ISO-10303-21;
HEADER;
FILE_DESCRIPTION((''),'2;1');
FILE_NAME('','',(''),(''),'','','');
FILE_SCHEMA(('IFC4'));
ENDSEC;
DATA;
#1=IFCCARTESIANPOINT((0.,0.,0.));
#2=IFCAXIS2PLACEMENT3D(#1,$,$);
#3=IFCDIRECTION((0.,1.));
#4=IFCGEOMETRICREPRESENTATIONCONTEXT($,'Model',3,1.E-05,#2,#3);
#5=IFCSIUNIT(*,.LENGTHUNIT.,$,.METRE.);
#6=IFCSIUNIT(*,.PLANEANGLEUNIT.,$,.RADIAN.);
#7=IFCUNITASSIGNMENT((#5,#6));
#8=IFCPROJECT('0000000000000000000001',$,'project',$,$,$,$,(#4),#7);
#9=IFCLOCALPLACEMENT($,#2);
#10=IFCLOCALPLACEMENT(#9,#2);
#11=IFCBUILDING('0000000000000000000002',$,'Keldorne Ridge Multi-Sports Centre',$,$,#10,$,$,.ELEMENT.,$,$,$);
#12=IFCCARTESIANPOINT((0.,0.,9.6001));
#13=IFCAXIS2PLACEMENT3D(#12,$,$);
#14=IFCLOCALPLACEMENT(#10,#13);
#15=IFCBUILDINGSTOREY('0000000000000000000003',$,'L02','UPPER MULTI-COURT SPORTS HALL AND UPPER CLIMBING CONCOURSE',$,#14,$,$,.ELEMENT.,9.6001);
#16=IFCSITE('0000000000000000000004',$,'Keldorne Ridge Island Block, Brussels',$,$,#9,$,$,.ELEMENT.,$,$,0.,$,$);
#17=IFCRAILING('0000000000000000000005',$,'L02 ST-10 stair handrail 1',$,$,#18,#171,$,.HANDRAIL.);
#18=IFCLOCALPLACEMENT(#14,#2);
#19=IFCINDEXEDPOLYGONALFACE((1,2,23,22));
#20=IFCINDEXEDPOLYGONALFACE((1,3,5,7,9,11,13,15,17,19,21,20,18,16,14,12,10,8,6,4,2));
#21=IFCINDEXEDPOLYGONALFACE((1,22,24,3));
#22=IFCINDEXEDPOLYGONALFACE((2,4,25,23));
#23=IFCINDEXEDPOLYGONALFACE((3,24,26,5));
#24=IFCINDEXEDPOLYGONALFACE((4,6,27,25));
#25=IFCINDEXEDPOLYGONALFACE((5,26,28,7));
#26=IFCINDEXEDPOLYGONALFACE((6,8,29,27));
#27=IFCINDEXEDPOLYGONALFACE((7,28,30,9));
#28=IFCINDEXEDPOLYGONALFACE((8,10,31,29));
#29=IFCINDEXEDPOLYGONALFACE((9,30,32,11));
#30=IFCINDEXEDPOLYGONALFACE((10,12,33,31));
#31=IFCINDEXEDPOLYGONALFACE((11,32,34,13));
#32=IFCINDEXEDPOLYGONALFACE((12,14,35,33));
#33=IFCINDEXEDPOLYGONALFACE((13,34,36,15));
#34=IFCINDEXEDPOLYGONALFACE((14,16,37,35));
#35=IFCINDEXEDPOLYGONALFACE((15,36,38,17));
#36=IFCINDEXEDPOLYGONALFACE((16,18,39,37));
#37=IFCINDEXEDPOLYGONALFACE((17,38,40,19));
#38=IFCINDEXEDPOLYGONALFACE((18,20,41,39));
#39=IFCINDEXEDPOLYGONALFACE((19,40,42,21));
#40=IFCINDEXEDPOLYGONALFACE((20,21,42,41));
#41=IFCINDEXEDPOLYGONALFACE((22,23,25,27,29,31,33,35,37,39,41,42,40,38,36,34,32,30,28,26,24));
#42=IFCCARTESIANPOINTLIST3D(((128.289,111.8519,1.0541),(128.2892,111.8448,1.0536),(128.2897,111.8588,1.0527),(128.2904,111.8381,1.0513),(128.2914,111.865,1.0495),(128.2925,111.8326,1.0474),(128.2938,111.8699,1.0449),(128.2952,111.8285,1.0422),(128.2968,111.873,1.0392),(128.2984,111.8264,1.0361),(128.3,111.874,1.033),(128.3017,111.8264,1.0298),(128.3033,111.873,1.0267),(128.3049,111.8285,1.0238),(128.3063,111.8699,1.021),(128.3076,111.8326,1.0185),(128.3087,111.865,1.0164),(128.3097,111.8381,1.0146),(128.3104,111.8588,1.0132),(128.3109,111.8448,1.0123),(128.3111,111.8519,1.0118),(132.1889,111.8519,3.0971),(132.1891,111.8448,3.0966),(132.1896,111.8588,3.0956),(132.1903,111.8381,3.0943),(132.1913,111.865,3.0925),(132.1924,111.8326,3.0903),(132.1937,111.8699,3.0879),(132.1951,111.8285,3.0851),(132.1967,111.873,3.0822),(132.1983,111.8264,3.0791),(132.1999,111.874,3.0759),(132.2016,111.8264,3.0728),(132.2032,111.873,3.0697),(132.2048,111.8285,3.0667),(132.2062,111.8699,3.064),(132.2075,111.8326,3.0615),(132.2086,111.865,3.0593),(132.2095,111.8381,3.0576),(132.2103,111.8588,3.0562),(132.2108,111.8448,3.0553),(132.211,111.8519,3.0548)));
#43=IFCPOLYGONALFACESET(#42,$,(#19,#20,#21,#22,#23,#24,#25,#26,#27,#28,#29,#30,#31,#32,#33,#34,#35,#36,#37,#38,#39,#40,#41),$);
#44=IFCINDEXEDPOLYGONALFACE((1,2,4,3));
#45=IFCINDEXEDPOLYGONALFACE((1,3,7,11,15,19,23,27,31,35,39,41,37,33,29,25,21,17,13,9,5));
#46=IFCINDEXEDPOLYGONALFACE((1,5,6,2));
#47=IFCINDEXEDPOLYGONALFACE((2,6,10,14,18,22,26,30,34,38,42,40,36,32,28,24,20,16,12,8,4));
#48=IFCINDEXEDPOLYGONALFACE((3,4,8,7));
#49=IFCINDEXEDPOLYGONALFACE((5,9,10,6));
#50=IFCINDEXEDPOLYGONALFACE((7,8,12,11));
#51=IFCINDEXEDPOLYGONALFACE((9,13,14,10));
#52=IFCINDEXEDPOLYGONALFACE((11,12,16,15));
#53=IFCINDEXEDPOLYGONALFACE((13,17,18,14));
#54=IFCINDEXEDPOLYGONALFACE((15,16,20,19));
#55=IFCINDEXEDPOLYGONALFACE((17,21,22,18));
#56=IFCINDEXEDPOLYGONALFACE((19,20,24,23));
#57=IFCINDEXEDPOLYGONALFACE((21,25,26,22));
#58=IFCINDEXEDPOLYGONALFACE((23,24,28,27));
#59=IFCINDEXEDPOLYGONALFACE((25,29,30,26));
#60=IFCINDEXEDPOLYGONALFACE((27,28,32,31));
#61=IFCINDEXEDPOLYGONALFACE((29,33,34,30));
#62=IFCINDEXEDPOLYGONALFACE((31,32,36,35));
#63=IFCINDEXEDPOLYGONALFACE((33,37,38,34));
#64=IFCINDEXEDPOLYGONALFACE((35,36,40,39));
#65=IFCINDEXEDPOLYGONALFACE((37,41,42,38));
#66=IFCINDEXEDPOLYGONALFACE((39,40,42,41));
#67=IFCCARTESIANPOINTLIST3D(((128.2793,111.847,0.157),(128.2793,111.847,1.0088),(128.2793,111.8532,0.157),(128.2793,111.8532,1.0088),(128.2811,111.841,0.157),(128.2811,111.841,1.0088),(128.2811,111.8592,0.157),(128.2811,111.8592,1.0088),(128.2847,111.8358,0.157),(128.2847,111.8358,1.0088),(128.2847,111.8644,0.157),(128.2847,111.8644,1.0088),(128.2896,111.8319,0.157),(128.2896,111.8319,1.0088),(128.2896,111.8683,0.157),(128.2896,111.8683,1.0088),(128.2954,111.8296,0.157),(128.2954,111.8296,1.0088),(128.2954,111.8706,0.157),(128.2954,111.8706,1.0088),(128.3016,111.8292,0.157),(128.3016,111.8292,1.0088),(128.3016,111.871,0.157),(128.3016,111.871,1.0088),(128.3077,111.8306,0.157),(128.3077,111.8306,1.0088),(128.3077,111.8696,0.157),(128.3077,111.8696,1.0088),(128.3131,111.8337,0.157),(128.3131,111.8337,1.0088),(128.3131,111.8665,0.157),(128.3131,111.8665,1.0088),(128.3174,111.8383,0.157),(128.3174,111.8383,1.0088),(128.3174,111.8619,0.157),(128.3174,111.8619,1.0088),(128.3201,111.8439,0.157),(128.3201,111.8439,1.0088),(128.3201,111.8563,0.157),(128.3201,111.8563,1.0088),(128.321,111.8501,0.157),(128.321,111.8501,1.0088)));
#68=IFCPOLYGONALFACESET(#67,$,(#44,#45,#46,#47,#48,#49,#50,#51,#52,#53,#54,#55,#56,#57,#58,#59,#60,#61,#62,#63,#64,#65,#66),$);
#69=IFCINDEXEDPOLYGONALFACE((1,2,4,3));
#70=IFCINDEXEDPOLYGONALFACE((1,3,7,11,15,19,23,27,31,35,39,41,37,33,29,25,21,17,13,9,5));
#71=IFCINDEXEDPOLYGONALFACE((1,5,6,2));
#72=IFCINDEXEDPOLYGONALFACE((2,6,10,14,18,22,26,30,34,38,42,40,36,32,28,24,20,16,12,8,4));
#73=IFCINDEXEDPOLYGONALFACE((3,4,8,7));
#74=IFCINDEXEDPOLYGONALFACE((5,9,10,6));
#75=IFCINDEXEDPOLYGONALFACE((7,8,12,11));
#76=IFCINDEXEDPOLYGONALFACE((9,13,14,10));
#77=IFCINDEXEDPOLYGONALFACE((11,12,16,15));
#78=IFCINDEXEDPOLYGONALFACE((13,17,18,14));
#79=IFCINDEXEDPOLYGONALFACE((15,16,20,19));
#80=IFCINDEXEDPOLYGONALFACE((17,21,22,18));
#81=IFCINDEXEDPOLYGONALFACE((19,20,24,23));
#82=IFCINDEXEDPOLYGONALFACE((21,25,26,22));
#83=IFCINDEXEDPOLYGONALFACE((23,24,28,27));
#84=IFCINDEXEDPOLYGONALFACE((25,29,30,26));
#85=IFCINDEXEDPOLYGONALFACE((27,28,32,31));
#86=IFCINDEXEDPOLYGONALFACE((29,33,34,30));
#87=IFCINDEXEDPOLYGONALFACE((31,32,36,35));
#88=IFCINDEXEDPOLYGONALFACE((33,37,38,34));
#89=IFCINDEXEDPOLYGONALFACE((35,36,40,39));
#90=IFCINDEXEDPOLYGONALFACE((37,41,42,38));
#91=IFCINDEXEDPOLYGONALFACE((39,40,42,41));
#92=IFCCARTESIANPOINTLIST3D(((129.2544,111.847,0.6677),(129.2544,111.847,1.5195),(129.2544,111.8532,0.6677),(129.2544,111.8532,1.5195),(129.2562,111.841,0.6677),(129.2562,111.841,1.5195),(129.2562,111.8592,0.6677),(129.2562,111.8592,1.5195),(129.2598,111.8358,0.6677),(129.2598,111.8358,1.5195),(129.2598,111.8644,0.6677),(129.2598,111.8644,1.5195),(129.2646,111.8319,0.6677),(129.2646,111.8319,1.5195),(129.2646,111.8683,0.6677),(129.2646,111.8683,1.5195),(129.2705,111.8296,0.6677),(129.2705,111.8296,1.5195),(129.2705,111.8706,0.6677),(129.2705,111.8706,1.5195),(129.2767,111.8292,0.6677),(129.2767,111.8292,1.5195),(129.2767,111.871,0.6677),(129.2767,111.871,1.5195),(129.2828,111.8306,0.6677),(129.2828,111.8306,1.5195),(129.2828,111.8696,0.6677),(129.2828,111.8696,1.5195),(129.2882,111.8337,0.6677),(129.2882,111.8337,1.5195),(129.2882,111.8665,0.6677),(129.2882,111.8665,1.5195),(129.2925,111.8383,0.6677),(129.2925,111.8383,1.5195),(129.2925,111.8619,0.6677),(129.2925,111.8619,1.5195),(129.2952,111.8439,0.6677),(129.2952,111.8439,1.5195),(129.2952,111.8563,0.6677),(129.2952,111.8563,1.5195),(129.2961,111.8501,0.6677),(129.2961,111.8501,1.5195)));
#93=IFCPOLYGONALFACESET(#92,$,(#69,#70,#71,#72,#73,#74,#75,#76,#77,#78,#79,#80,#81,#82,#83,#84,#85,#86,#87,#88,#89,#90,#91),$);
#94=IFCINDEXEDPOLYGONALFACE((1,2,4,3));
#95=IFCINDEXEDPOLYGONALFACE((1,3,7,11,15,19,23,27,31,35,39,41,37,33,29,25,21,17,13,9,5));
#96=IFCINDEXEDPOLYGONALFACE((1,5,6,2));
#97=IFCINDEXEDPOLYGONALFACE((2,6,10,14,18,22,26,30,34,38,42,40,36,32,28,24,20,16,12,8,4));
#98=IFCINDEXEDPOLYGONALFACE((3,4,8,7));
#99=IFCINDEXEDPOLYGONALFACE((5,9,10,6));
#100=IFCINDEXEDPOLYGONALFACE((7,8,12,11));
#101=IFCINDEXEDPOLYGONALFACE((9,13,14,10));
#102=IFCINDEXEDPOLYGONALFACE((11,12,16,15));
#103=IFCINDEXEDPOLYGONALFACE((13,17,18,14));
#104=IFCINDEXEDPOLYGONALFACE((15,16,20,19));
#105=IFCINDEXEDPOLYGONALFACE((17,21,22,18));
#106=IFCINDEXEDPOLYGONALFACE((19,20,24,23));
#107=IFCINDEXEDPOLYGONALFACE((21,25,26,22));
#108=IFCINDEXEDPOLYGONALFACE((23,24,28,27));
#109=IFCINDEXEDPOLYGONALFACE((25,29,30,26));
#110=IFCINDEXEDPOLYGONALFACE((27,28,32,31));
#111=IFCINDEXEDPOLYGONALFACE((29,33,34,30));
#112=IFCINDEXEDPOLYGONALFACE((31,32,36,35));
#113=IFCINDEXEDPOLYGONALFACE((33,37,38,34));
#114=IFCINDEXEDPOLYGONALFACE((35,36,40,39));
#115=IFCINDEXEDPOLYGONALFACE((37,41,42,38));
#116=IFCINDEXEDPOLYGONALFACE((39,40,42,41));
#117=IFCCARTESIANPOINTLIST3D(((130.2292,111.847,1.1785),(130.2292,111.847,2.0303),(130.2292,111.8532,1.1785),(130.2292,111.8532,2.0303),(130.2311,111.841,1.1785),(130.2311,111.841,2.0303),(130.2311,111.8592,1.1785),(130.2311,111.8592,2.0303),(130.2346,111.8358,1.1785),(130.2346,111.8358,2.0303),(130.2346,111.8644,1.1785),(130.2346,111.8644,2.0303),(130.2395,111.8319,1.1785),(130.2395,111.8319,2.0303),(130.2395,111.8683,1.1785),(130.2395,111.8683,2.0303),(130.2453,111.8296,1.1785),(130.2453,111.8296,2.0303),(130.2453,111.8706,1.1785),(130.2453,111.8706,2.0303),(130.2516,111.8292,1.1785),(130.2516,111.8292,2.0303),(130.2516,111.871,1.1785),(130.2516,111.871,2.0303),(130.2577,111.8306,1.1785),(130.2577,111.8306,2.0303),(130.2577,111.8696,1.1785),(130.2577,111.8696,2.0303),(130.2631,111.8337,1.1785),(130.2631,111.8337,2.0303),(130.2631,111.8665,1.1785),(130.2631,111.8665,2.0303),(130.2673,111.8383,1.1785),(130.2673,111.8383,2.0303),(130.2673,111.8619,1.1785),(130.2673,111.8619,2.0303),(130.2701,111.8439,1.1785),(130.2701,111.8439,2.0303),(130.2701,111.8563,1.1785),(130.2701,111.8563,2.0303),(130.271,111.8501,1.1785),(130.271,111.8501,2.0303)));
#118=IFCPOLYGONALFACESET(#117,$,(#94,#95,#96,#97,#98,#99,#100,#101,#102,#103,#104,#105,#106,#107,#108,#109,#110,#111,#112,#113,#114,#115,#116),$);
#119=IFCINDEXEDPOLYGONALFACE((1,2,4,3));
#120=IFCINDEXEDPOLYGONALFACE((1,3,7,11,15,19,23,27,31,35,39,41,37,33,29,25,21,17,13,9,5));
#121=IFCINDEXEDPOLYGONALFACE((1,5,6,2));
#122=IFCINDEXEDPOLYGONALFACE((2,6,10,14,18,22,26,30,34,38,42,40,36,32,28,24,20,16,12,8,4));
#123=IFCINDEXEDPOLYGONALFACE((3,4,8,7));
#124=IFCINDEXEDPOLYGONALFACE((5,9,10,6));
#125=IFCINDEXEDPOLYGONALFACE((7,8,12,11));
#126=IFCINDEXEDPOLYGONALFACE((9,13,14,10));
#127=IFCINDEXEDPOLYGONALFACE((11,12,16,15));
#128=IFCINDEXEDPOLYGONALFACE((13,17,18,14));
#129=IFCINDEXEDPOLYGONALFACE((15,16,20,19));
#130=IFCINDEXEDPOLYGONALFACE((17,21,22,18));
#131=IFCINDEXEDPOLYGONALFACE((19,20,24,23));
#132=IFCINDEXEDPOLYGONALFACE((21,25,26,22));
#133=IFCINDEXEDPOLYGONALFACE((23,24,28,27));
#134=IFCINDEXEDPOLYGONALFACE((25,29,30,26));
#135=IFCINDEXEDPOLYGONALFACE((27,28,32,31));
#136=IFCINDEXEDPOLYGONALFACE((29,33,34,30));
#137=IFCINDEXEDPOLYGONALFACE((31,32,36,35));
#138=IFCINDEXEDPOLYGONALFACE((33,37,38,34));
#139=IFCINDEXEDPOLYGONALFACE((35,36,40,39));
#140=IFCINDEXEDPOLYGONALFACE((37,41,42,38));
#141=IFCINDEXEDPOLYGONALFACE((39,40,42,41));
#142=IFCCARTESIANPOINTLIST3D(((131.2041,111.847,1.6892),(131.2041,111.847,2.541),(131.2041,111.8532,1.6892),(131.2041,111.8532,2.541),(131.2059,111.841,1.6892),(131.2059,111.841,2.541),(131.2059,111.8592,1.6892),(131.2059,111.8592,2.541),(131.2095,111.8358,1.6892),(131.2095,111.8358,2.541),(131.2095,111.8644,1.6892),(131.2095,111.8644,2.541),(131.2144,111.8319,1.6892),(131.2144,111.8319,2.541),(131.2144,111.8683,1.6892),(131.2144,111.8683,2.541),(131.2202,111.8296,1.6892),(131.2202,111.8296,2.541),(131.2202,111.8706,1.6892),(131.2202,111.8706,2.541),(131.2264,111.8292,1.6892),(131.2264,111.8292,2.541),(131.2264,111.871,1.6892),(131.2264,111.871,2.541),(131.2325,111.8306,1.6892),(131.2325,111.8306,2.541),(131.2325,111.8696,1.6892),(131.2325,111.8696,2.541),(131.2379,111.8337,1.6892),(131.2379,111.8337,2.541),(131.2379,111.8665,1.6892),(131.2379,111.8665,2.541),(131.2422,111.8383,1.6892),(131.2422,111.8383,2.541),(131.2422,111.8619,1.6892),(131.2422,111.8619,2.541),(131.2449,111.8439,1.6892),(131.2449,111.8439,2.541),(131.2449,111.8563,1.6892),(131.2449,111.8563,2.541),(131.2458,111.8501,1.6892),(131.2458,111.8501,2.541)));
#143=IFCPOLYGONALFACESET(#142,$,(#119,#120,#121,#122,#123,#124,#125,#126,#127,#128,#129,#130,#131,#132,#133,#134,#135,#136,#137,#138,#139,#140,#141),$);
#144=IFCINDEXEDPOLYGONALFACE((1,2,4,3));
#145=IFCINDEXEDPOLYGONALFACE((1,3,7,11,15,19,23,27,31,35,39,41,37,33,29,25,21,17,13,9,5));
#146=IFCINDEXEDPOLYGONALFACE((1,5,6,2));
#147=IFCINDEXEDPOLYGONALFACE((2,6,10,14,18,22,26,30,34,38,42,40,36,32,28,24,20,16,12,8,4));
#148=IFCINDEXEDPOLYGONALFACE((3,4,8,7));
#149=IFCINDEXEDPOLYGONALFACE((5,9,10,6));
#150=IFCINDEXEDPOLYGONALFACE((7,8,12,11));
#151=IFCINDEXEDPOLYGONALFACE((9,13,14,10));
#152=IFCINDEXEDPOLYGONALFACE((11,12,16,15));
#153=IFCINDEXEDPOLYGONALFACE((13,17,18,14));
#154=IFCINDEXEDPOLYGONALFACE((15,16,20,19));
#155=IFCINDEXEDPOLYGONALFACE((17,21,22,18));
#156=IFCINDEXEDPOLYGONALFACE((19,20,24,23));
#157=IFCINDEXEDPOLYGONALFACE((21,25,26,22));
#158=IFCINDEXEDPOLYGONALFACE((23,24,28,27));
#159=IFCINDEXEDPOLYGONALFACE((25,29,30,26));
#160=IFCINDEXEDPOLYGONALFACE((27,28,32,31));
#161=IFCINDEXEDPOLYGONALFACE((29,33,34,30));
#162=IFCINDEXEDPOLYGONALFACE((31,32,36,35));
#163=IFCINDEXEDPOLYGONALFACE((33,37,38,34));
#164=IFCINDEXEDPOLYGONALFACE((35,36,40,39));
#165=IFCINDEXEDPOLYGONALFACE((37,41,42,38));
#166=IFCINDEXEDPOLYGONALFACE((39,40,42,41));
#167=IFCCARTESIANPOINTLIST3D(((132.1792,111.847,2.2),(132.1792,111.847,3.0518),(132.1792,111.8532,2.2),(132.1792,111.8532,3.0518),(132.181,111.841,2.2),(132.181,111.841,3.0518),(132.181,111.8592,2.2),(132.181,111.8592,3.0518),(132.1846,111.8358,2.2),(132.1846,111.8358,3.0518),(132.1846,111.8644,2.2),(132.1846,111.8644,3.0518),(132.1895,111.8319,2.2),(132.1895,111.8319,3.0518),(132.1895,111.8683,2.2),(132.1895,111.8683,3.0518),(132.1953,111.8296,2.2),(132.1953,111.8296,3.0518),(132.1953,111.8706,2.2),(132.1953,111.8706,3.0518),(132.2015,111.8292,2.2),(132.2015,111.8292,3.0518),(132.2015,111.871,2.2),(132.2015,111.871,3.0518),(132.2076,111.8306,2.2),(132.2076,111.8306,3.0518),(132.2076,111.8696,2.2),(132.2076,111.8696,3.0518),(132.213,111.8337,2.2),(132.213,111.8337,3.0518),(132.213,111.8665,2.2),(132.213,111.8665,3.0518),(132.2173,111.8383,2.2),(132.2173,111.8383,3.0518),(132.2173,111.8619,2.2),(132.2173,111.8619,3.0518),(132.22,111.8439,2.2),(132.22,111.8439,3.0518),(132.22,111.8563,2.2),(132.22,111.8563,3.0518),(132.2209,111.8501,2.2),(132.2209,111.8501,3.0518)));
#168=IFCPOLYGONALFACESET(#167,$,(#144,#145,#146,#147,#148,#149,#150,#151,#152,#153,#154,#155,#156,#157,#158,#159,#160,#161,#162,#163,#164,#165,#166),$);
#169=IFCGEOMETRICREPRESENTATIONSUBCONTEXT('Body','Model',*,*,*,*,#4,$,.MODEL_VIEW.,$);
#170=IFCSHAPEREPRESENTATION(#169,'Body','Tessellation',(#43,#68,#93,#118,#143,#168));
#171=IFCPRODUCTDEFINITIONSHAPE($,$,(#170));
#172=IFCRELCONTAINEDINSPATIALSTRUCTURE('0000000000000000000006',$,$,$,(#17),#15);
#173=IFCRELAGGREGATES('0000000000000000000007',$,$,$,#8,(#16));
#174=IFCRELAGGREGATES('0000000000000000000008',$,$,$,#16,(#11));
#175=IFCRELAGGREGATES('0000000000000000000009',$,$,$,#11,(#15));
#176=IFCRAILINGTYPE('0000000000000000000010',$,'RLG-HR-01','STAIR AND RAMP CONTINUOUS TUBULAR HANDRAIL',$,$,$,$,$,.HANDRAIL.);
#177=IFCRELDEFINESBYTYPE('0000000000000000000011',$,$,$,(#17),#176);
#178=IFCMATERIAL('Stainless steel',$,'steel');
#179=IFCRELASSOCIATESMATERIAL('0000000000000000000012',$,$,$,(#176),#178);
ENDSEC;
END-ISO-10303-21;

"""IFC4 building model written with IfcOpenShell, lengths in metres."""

from ifc_helpers import new_model, si_unit, direction, frame, origin, origin_2d, place, context, subcontext, project, spatial, circle, extrude, material, type_object, element, save


model = new_model("IFC4")

# Units and contexts
model_context = context("Model", 3, precision=1e-05, world=origin(), true_north=direction((0.0, 1.0)))
body_context = subcontext(model_context, "Body", "Model", "MODEL_VIEW")
ifc_project = project(units=[si_unit("LENGTHUNIT", "METRE"), si_unit("PLANEANGLEUNIT", "RADIAN")], contexts=[model_context])

# Site, building, storey
site_placement = place(None, origin())
site = spatial("IfcSite", under=ifc_project, at=site_placement, Name="Keldorne Ridge Island Block, Brussels", CompositionType="ELEMENT", RefElevation=0.0)
building_placement = place(site_placement, origin())
building = spatial("IfcBuilding", under=site, at=building_placement, Name="Keldorne Ridge Multi-Sports Centre", CompositionType="ELEMENT")
storey_placement = place(building_placement, frame((0.0, 0.0, 9.6001)))
storey = spatial("IfcBuildingStorey", under=building, at=storey_placement, Name="L02", Description="UPPER MULTI-COURT SPORTS HALL AND UPPER CLIMBING CONCOURSE", CompositionType="ELEMENT", Elevation=9.6001)

# Railing
ifc_material_1 = material(Name="Stainless steel", Category="steel")
railing_type_1 = type_object("IfcRailingType", Name="RLG-HR-01", Description="STAIR AND RAMP CONTINUOUS TUBULAR HANDRAIL", PredefinedType="HANDRAIL", material=ifc_material_1)
railing_1_placement = place(storey_placement, frame((128.3, 111.8501, 0.157)))
element("IfcRailing", 1, at=railing_1_placement, inside=storey, type_object=railing_type_1, Name="L02 ST-10 stair handrail 1", PredefinedType="HANDRAIL", context=body_context, shape_type="SweptSolid", body=[
    extrude(circle(Radius=0.0239, at=origin_2d()), frame((0.0, 0.0, 0.876), z_axis=(0.885816, 0.0, 0.464036), x_axis=(0.0, 1.0, 0.0)), (0.0, 0.0, 1.0), 4.4026),
    extrude(circle(Radius=0.021, at=origin_2d()), origin(), (0.0, 0.0, 1.0), 0.8518),
    extrude(circle(Radius=0.021, at=origin_2d()), frame((0.9751, 0.0, 0.5107)), (0.0, 0.0, 1.0), 0.8518),
    extrude(circle(Radius=0.021, at=origin_2d()), frame((1.95, 0.0, 1.0215)), (0.0, 0.0, 1.0), 0.8518),
    extrude(circle(Radius=0.021, at=origin_2d()), frame((2.9248, 0.0, 1.5322)), (0.0, 0.0, 1.0), 0.8518),
    extrude(circle(Radius=0.021, at=origin_2d()), frame((3.8999, 0.0, 2.043)), (0.0, 0.0, 1.0), 0.8518),
])

save(model, "model.ifc")
